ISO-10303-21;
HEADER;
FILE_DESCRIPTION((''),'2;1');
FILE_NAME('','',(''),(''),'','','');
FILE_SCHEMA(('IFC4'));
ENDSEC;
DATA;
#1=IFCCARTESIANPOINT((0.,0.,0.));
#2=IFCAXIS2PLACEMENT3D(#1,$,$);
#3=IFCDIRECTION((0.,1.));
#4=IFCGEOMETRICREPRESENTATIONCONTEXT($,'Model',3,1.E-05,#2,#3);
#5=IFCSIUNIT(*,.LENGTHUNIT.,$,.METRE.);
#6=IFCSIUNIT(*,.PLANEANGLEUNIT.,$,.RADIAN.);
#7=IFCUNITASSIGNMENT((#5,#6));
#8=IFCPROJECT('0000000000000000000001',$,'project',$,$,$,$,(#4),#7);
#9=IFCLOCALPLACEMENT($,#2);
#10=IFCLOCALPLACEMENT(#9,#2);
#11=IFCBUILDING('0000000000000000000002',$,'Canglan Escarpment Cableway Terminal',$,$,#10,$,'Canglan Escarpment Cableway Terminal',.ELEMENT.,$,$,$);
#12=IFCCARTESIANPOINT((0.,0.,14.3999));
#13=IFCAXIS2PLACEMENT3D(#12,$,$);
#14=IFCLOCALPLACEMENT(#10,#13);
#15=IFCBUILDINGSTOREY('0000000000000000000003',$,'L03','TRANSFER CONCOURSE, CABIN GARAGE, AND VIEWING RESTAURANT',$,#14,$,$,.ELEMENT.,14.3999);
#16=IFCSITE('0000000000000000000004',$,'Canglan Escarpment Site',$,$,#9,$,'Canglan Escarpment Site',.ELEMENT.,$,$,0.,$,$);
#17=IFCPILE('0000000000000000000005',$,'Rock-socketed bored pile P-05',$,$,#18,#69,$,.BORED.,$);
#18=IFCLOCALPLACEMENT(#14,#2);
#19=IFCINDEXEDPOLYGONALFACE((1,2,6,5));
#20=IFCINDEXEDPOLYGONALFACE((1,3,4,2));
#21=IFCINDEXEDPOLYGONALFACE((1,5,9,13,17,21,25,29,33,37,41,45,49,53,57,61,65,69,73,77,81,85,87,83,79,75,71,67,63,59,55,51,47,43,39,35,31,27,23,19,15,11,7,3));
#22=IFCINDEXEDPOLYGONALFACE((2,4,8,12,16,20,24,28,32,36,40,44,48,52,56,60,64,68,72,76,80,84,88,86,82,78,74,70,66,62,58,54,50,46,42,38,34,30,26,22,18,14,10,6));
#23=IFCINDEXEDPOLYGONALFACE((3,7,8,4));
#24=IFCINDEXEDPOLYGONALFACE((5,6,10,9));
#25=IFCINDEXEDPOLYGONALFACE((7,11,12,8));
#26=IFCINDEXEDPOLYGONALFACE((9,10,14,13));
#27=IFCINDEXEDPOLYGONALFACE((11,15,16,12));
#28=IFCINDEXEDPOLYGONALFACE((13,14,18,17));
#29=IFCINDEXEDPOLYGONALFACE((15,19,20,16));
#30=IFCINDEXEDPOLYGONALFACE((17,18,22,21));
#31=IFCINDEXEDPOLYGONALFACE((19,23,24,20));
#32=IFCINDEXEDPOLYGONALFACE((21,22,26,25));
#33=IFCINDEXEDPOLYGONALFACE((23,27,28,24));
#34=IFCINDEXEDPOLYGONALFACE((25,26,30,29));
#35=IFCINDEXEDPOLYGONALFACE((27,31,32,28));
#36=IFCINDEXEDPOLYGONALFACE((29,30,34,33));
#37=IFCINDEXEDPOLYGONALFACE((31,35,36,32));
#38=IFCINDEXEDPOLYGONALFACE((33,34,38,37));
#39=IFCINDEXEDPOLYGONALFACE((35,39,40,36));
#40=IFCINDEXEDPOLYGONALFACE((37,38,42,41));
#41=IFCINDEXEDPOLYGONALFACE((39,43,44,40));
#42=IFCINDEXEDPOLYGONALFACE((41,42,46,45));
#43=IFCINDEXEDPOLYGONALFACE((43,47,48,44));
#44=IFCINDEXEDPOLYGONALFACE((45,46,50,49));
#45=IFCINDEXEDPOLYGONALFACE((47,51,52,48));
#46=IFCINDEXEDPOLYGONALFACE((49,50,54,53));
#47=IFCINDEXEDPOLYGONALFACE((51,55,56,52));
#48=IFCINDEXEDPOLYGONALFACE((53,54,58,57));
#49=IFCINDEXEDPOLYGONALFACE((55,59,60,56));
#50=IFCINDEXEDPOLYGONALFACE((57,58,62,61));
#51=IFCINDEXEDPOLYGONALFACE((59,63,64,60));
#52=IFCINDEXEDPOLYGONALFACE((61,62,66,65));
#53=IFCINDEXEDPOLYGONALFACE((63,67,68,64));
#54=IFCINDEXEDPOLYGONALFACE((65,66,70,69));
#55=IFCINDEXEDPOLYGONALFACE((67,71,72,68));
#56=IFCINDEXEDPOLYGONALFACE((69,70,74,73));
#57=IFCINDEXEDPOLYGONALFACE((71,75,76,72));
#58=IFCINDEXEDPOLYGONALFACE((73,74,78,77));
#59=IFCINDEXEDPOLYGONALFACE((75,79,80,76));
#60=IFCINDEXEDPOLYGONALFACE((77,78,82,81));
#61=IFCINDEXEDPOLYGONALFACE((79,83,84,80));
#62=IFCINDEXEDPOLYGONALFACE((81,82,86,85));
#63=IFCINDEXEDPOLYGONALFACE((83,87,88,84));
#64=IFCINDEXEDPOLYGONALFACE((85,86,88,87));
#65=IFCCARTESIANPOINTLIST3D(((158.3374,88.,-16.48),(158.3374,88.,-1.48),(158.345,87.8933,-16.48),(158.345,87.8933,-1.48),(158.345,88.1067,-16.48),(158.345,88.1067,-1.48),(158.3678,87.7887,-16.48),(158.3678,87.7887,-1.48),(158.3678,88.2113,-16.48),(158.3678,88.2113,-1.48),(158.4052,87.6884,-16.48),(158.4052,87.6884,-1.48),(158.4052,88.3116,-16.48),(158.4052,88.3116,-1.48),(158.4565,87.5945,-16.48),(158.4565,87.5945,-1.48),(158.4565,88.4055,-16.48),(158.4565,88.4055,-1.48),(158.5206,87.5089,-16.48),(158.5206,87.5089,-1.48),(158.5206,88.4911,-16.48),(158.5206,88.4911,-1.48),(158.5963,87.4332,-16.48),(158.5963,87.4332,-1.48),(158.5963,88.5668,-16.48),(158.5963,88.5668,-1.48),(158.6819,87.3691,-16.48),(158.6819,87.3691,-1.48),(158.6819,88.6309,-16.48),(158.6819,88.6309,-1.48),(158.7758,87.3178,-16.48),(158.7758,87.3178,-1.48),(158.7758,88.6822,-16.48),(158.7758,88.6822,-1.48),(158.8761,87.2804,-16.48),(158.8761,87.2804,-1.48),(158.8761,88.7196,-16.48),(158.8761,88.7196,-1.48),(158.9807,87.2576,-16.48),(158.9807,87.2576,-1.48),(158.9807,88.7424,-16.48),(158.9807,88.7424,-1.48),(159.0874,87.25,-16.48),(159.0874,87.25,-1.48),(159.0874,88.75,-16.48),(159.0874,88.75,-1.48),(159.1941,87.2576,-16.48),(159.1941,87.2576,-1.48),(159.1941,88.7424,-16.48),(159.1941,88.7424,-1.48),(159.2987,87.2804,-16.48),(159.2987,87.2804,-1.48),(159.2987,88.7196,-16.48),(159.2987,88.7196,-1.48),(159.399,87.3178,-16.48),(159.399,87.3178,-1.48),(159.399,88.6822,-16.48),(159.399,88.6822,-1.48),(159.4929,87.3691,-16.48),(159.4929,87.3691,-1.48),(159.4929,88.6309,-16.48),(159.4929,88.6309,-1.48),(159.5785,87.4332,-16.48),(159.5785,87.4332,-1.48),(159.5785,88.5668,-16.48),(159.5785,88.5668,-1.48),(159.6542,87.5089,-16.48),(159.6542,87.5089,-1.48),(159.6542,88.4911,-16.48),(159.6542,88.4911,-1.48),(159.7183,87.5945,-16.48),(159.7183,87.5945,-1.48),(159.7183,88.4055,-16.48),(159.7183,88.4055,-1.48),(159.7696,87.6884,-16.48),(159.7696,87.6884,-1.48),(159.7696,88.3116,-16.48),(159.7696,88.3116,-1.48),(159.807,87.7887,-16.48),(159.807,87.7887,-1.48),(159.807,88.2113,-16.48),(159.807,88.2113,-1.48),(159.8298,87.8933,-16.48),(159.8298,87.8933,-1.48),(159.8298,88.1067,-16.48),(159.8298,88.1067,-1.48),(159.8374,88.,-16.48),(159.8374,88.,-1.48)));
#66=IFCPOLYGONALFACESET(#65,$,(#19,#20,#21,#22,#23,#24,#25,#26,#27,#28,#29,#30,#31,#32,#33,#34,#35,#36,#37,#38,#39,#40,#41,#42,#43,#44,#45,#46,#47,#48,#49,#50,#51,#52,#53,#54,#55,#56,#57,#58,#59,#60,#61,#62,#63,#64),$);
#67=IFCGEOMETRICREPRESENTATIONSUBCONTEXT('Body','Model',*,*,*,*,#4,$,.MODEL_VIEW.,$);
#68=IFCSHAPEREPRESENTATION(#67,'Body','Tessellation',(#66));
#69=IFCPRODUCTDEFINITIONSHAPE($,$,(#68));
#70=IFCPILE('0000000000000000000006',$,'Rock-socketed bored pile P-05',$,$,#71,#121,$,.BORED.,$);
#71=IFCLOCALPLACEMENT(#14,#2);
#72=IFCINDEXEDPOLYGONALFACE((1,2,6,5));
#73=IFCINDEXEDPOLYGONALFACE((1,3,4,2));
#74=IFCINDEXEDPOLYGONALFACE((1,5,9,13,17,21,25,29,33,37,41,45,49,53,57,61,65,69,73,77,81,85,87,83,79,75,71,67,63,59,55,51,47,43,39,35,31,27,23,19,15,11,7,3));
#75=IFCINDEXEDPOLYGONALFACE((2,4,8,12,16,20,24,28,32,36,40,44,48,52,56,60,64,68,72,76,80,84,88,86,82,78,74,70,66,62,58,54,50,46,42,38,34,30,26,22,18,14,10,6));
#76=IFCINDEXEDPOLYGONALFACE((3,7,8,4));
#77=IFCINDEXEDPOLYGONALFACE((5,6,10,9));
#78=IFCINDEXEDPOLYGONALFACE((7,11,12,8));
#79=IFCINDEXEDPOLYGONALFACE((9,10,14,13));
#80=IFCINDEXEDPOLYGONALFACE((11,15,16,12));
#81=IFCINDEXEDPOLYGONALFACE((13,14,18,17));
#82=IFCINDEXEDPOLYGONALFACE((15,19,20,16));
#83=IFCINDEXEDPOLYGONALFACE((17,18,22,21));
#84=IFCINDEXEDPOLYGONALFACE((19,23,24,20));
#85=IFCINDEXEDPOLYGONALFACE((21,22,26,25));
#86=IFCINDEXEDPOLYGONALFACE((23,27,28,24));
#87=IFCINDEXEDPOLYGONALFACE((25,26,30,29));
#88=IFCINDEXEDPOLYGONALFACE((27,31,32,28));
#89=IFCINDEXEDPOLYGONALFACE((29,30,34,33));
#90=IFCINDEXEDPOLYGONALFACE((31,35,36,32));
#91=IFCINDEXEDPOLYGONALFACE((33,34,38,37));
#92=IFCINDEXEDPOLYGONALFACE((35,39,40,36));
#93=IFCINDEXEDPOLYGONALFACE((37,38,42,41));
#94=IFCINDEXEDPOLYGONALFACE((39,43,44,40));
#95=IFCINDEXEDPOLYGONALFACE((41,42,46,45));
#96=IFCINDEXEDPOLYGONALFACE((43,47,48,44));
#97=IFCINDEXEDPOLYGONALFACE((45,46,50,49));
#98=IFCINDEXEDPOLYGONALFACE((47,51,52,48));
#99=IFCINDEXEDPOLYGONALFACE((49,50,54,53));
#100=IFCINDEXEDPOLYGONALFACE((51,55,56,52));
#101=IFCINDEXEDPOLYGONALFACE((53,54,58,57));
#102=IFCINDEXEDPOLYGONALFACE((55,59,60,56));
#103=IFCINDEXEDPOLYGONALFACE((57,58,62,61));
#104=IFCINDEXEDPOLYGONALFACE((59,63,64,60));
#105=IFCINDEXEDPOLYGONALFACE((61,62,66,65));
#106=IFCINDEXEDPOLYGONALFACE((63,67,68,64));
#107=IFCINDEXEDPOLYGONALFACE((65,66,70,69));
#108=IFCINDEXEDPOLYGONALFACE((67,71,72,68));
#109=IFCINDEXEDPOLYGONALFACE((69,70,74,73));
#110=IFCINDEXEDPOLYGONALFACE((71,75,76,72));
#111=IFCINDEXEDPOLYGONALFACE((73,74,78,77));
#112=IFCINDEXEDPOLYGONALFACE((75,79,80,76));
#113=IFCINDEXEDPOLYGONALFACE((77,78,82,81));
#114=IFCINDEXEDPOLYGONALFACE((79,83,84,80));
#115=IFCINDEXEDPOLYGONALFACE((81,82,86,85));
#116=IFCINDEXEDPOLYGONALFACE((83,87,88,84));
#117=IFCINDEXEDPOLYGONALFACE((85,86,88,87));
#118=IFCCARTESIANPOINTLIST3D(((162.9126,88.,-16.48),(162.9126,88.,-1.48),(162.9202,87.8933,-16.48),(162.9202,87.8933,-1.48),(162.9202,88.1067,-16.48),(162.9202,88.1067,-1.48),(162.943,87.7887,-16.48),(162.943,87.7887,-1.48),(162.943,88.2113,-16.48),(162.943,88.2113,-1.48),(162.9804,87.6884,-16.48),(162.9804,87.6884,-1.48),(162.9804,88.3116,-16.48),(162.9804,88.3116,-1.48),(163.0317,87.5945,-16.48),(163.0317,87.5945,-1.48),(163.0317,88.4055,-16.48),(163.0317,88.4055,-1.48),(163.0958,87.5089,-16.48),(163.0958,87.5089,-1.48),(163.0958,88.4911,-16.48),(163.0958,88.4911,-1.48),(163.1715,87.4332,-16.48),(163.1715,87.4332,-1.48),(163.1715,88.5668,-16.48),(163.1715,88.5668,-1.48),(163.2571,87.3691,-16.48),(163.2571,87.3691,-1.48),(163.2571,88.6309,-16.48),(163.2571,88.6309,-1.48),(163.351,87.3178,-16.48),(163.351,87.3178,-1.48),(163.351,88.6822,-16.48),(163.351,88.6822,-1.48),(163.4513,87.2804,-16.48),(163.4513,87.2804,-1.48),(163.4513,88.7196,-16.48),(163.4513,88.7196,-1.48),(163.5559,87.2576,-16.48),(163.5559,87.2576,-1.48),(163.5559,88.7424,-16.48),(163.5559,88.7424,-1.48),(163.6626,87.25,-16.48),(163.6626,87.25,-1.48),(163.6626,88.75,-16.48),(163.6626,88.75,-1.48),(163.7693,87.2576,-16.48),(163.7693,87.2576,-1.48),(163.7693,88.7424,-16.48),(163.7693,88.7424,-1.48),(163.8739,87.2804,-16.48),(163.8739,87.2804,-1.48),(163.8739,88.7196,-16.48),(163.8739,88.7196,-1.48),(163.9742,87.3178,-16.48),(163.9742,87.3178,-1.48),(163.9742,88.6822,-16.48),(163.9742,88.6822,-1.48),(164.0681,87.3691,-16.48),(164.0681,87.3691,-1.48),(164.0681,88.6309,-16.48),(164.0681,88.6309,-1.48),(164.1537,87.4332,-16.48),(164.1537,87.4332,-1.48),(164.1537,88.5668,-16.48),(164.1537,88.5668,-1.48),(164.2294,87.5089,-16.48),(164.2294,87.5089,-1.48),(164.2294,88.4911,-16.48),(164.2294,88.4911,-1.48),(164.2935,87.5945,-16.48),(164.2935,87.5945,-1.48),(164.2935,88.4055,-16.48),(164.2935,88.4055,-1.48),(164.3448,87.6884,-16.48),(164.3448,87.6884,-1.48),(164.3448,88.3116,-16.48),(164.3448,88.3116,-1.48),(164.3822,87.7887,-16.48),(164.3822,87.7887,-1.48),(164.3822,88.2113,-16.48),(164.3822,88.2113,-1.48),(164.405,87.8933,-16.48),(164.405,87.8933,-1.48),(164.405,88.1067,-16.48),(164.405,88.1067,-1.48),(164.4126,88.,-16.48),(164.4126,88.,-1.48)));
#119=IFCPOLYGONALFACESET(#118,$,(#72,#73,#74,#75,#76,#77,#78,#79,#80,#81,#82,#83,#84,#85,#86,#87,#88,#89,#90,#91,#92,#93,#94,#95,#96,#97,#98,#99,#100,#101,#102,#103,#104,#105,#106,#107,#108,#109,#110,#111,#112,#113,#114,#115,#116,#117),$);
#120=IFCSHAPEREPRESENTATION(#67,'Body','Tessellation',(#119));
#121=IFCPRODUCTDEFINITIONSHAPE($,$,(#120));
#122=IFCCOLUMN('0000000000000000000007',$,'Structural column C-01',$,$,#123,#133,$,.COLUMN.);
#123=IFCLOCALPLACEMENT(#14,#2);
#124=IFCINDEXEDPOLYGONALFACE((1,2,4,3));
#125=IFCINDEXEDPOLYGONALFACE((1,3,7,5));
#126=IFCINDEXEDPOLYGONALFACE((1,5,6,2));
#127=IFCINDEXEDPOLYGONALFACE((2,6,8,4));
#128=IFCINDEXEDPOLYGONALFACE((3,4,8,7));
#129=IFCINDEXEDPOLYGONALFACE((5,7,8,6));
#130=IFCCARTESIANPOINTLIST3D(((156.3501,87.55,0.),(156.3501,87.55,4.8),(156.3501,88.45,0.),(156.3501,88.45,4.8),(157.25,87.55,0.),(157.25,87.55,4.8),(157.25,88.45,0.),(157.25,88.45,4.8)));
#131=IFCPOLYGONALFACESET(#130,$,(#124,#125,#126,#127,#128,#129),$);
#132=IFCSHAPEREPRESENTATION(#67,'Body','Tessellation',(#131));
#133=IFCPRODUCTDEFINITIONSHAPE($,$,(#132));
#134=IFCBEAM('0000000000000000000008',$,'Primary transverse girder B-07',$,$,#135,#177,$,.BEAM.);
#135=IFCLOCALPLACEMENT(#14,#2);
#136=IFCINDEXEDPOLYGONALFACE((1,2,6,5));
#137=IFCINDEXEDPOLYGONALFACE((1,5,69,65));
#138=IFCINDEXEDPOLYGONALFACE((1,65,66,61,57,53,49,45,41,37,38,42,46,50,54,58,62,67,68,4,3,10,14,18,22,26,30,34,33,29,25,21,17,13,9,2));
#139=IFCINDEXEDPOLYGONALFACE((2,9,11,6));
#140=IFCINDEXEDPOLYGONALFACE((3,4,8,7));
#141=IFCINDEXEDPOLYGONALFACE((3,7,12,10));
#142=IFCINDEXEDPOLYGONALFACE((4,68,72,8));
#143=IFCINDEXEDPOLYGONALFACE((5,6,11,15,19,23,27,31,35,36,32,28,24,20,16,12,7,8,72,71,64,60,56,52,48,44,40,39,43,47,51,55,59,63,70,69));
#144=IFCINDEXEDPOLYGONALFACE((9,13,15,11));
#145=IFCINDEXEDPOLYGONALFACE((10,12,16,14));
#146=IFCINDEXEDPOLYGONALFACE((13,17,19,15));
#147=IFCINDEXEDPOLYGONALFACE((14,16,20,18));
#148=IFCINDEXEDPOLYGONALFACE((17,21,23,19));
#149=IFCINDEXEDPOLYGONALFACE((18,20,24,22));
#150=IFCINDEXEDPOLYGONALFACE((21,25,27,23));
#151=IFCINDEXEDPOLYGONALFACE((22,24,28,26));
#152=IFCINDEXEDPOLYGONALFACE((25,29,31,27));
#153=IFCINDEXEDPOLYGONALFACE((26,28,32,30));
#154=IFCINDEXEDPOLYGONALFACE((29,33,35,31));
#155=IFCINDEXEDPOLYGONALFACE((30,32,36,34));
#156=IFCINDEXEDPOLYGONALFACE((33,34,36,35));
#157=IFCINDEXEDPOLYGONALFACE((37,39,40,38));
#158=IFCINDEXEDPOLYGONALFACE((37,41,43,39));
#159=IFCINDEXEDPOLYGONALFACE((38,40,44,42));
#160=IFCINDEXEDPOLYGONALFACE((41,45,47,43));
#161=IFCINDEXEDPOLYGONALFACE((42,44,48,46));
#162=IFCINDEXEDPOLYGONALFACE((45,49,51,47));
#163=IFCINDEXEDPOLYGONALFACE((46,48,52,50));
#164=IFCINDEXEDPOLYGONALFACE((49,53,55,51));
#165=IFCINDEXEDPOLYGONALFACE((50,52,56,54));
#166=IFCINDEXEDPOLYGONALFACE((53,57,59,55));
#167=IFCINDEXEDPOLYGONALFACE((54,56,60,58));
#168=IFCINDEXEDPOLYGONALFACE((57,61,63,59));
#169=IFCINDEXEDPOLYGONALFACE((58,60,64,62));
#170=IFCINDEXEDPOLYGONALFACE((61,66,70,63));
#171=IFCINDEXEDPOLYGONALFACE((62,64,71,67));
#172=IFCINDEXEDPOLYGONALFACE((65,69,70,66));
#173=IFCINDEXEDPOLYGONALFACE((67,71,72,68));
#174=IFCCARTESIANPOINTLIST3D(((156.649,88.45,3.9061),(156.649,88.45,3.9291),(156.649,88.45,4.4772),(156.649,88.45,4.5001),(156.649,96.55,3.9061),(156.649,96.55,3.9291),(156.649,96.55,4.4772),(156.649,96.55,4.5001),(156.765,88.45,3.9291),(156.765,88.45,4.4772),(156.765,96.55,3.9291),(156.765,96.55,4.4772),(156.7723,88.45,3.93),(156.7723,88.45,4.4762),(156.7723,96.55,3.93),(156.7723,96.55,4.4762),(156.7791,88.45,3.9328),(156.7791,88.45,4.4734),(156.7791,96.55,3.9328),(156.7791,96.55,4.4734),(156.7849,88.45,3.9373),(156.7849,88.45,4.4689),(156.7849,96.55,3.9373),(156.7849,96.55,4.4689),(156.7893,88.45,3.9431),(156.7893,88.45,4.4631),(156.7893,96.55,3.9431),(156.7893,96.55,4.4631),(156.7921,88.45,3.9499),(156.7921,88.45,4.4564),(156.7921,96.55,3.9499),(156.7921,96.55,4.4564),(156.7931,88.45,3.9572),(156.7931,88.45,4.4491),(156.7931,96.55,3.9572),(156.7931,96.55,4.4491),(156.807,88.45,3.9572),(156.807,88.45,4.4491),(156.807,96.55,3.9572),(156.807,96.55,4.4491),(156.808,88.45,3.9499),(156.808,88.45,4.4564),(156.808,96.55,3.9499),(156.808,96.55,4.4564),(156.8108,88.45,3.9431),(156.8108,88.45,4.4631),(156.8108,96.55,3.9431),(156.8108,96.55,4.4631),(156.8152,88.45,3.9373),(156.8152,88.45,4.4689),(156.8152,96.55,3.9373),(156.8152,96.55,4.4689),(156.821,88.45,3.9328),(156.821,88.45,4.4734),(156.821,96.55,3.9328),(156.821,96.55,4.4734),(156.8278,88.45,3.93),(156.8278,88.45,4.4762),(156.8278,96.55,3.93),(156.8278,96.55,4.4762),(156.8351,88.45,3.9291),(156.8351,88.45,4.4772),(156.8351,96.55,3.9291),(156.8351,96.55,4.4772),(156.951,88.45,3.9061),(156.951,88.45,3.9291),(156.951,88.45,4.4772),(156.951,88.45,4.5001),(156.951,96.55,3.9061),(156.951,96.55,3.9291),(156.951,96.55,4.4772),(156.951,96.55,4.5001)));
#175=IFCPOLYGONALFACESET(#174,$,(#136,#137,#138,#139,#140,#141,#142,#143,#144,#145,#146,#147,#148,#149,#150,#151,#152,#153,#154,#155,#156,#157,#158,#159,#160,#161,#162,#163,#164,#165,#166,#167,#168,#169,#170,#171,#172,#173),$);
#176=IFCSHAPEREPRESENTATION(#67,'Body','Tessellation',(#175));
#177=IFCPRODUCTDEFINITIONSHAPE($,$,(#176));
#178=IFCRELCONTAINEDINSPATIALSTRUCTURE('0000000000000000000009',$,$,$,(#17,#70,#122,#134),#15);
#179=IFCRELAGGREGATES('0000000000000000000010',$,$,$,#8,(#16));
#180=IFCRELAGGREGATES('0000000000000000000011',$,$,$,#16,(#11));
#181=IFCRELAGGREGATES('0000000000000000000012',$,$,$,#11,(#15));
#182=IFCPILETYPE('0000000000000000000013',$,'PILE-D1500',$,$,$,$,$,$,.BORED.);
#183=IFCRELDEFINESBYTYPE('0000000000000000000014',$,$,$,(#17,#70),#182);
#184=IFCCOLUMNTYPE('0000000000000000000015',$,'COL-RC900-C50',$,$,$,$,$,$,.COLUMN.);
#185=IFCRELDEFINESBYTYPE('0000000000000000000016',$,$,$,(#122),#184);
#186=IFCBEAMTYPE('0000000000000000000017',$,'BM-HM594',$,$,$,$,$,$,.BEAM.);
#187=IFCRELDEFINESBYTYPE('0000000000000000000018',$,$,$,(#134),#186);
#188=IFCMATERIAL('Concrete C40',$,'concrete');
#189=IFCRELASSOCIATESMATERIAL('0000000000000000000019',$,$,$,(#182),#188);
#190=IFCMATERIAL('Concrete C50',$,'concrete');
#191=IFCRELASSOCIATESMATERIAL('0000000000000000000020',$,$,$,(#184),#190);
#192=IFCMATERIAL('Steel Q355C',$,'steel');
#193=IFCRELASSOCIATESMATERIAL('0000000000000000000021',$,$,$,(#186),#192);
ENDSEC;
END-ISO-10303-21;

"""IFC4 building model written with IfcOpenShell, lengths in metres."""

from ifc_helpers import new_model, si_unit, direction, frame, origin, origin_2d, place, context, subcontext, project, spatial, rectangle, circle, i_section, extrude, material, material_profile, profile_set, type_object, element, save


model = new_model("IFC4")

# Units and contexts
model_context = context("Model", 3, precision=1e-05, world=origin(), true_north=direction((0.0, 1.0)))
body_context = subcontext(model_context, "Body", "Model", "MODEL_VIEW")
ifc_project = project(units=[si_unit("LENGTHUNIT", "METRE"), si_unit("PLANEANGLEUNIT", "RADIAN")], contexts=[model_context])

# Site, building, storey
site_placement = place(None, origin())
site = spatial("IfcSite", under=ifc_project, at=site_placement, Name="Canglan Escarpment Site", LongName="Canglan Escarpment Site", CompositionType="ELEMENT", RefElevation=0.0)
building_placement = place(site_placement, origin())
building = spatial("IfcBuilding", under=site, at=building_placement, Name="Canglan Escarpment Cableway Terminal", LongName="Canglan Escarpment Cableway Terminal", CompositionType="ELEMENT")
storey_placement = place(building_placement, frame((0.0, 0.0, 14.3999)))
storey = spatial("IfcBuildingStorey", under=building, at=storey_placement, Name="L03", Description="TRANSFER CONCOURSE, CABIN GARAGE, AND VIEWING RESTAURANT", CompositionType="ELEMENT", Elevation=14.3999)

# Shared definitions
ifc_material_1 = material(Name="Concrete C40", Category="concrete")

# Piles
ifc_material_profile_1 = material_profile(ifc_material_1, circle(Radius=0.75, at=origin_2d()), Name="BORED PILE D1500")
ifc_profile_set_1 = profile_set([ifc_material_profile_1], Name="Concrete C40")
pile_type = type_object("IfcPileType", Name="PILE-D1500", PredefinedType="BORED", material=ifc_profile_set_1)
for number, where, z_axis, x_axis, name in (
    (1, (159.0874, 88.0, -1.48), (0.0, 0.0, -1.0), (1.0, 0.0, 0.0), "Rock-socketed bored pile P-05"),
    (2, (163.6626, 88.0, -1.48), (0.0, 0.0, -1.0), (1.0, 0.0, 0.0), "Rock-socketed bored pile P-05"),
):
    element("IfcPile", number, at=place(storey_placement, frame(where, z_axis=z_axis, x_axis=x_axis)), inside=storey, type_object=pile_type, Name=name, PredefinedType="BORED", context=body_context, shape_type="SweptSolid", body=[
        extrude(circle(Radius=0.75, at=origin_2d()), origin(), (0.0, 0.0, 1.0), 15.0),
    ])

# Column
ifc_material_2 = material(Name="Concrete C50", Category="concrete")
ifc_material_profile_2 = material_profile(ifc_material_2, rectangle(XDim=0.8999, YDim=0.8999, at=origin_2d()), Name="RC 900x900")
ifc_profile_set_2 = profile_set([ifc_material_profile_2], Name="Concrete C50")
column_type = type_object("IfcColumnType", Name="COL-RC900-C50", PredefinedType="COLUMN", material=ifc_profile_set_2)
column_placement = place(storey_placement, frame((156.8, 88.0, 0.0), z_axis=(0.0, 0.0, 1.0), x_axis=(1.0, 0.0, 0.0)))
element("IfcColumn", 3, at=column_placement, inside=storey, type_object=column_type, Name="Structural column C-01", PredefinedType="COLUMN", context=body_context, shape_type="SweptSolid", body=[
    extrude(rectangle(XDim=0.8999, YDim=0.8999, at=origin_2d()), origin(), (0.0, 0.0, 1.0), 4.8),
])

# Beam
ifc_material_3 = material(Name="Steel Q355C", Category="steel")
ifc_material_profile_3 = material_profile(ifc_material_3, i_section(OverallWidth=0.302, OverallDepth=0.594, WebThickness=0.0139, FlangeThickness=0.0229, FilletRadius=0.0281, at=origin_2d()), Name="HM 594x302x14x23")
ifc_profile_set_3 = profile_set([ifc_material_profile_3], Name="Steel Q355C")
beam_type_1 = type_object("IfcBeamType", Name="BM-HM594", PredefinedType="BEAM", material=ifc_profile_set_3)
beam_1_placement = place(storey_placement, frame((156.8, 88.45, 4.2031), z_axis=(0.0, 1.0, 0.0), x_axis=(-1.0, 0.0, 0.0)))
element("IfcBeam", 4, at=beam_1_placement, inside=storey, type_object=beam_type_1, Name="Primary transverse girder B-07", PredefinedType="BEAM", context=body_context, shape_type="SweptSolid", body=[
    extrude(i_section(OverallWidth=0.302, OverallDepth=0.594, WebThickness=0.0139, FlangeThickness=0.0229, FilletRadius=0.0281, at=origin_2d()), origin(), (0.0, 0.0, 1.0), 8.1001),
])

save(model, "model.ifc")
